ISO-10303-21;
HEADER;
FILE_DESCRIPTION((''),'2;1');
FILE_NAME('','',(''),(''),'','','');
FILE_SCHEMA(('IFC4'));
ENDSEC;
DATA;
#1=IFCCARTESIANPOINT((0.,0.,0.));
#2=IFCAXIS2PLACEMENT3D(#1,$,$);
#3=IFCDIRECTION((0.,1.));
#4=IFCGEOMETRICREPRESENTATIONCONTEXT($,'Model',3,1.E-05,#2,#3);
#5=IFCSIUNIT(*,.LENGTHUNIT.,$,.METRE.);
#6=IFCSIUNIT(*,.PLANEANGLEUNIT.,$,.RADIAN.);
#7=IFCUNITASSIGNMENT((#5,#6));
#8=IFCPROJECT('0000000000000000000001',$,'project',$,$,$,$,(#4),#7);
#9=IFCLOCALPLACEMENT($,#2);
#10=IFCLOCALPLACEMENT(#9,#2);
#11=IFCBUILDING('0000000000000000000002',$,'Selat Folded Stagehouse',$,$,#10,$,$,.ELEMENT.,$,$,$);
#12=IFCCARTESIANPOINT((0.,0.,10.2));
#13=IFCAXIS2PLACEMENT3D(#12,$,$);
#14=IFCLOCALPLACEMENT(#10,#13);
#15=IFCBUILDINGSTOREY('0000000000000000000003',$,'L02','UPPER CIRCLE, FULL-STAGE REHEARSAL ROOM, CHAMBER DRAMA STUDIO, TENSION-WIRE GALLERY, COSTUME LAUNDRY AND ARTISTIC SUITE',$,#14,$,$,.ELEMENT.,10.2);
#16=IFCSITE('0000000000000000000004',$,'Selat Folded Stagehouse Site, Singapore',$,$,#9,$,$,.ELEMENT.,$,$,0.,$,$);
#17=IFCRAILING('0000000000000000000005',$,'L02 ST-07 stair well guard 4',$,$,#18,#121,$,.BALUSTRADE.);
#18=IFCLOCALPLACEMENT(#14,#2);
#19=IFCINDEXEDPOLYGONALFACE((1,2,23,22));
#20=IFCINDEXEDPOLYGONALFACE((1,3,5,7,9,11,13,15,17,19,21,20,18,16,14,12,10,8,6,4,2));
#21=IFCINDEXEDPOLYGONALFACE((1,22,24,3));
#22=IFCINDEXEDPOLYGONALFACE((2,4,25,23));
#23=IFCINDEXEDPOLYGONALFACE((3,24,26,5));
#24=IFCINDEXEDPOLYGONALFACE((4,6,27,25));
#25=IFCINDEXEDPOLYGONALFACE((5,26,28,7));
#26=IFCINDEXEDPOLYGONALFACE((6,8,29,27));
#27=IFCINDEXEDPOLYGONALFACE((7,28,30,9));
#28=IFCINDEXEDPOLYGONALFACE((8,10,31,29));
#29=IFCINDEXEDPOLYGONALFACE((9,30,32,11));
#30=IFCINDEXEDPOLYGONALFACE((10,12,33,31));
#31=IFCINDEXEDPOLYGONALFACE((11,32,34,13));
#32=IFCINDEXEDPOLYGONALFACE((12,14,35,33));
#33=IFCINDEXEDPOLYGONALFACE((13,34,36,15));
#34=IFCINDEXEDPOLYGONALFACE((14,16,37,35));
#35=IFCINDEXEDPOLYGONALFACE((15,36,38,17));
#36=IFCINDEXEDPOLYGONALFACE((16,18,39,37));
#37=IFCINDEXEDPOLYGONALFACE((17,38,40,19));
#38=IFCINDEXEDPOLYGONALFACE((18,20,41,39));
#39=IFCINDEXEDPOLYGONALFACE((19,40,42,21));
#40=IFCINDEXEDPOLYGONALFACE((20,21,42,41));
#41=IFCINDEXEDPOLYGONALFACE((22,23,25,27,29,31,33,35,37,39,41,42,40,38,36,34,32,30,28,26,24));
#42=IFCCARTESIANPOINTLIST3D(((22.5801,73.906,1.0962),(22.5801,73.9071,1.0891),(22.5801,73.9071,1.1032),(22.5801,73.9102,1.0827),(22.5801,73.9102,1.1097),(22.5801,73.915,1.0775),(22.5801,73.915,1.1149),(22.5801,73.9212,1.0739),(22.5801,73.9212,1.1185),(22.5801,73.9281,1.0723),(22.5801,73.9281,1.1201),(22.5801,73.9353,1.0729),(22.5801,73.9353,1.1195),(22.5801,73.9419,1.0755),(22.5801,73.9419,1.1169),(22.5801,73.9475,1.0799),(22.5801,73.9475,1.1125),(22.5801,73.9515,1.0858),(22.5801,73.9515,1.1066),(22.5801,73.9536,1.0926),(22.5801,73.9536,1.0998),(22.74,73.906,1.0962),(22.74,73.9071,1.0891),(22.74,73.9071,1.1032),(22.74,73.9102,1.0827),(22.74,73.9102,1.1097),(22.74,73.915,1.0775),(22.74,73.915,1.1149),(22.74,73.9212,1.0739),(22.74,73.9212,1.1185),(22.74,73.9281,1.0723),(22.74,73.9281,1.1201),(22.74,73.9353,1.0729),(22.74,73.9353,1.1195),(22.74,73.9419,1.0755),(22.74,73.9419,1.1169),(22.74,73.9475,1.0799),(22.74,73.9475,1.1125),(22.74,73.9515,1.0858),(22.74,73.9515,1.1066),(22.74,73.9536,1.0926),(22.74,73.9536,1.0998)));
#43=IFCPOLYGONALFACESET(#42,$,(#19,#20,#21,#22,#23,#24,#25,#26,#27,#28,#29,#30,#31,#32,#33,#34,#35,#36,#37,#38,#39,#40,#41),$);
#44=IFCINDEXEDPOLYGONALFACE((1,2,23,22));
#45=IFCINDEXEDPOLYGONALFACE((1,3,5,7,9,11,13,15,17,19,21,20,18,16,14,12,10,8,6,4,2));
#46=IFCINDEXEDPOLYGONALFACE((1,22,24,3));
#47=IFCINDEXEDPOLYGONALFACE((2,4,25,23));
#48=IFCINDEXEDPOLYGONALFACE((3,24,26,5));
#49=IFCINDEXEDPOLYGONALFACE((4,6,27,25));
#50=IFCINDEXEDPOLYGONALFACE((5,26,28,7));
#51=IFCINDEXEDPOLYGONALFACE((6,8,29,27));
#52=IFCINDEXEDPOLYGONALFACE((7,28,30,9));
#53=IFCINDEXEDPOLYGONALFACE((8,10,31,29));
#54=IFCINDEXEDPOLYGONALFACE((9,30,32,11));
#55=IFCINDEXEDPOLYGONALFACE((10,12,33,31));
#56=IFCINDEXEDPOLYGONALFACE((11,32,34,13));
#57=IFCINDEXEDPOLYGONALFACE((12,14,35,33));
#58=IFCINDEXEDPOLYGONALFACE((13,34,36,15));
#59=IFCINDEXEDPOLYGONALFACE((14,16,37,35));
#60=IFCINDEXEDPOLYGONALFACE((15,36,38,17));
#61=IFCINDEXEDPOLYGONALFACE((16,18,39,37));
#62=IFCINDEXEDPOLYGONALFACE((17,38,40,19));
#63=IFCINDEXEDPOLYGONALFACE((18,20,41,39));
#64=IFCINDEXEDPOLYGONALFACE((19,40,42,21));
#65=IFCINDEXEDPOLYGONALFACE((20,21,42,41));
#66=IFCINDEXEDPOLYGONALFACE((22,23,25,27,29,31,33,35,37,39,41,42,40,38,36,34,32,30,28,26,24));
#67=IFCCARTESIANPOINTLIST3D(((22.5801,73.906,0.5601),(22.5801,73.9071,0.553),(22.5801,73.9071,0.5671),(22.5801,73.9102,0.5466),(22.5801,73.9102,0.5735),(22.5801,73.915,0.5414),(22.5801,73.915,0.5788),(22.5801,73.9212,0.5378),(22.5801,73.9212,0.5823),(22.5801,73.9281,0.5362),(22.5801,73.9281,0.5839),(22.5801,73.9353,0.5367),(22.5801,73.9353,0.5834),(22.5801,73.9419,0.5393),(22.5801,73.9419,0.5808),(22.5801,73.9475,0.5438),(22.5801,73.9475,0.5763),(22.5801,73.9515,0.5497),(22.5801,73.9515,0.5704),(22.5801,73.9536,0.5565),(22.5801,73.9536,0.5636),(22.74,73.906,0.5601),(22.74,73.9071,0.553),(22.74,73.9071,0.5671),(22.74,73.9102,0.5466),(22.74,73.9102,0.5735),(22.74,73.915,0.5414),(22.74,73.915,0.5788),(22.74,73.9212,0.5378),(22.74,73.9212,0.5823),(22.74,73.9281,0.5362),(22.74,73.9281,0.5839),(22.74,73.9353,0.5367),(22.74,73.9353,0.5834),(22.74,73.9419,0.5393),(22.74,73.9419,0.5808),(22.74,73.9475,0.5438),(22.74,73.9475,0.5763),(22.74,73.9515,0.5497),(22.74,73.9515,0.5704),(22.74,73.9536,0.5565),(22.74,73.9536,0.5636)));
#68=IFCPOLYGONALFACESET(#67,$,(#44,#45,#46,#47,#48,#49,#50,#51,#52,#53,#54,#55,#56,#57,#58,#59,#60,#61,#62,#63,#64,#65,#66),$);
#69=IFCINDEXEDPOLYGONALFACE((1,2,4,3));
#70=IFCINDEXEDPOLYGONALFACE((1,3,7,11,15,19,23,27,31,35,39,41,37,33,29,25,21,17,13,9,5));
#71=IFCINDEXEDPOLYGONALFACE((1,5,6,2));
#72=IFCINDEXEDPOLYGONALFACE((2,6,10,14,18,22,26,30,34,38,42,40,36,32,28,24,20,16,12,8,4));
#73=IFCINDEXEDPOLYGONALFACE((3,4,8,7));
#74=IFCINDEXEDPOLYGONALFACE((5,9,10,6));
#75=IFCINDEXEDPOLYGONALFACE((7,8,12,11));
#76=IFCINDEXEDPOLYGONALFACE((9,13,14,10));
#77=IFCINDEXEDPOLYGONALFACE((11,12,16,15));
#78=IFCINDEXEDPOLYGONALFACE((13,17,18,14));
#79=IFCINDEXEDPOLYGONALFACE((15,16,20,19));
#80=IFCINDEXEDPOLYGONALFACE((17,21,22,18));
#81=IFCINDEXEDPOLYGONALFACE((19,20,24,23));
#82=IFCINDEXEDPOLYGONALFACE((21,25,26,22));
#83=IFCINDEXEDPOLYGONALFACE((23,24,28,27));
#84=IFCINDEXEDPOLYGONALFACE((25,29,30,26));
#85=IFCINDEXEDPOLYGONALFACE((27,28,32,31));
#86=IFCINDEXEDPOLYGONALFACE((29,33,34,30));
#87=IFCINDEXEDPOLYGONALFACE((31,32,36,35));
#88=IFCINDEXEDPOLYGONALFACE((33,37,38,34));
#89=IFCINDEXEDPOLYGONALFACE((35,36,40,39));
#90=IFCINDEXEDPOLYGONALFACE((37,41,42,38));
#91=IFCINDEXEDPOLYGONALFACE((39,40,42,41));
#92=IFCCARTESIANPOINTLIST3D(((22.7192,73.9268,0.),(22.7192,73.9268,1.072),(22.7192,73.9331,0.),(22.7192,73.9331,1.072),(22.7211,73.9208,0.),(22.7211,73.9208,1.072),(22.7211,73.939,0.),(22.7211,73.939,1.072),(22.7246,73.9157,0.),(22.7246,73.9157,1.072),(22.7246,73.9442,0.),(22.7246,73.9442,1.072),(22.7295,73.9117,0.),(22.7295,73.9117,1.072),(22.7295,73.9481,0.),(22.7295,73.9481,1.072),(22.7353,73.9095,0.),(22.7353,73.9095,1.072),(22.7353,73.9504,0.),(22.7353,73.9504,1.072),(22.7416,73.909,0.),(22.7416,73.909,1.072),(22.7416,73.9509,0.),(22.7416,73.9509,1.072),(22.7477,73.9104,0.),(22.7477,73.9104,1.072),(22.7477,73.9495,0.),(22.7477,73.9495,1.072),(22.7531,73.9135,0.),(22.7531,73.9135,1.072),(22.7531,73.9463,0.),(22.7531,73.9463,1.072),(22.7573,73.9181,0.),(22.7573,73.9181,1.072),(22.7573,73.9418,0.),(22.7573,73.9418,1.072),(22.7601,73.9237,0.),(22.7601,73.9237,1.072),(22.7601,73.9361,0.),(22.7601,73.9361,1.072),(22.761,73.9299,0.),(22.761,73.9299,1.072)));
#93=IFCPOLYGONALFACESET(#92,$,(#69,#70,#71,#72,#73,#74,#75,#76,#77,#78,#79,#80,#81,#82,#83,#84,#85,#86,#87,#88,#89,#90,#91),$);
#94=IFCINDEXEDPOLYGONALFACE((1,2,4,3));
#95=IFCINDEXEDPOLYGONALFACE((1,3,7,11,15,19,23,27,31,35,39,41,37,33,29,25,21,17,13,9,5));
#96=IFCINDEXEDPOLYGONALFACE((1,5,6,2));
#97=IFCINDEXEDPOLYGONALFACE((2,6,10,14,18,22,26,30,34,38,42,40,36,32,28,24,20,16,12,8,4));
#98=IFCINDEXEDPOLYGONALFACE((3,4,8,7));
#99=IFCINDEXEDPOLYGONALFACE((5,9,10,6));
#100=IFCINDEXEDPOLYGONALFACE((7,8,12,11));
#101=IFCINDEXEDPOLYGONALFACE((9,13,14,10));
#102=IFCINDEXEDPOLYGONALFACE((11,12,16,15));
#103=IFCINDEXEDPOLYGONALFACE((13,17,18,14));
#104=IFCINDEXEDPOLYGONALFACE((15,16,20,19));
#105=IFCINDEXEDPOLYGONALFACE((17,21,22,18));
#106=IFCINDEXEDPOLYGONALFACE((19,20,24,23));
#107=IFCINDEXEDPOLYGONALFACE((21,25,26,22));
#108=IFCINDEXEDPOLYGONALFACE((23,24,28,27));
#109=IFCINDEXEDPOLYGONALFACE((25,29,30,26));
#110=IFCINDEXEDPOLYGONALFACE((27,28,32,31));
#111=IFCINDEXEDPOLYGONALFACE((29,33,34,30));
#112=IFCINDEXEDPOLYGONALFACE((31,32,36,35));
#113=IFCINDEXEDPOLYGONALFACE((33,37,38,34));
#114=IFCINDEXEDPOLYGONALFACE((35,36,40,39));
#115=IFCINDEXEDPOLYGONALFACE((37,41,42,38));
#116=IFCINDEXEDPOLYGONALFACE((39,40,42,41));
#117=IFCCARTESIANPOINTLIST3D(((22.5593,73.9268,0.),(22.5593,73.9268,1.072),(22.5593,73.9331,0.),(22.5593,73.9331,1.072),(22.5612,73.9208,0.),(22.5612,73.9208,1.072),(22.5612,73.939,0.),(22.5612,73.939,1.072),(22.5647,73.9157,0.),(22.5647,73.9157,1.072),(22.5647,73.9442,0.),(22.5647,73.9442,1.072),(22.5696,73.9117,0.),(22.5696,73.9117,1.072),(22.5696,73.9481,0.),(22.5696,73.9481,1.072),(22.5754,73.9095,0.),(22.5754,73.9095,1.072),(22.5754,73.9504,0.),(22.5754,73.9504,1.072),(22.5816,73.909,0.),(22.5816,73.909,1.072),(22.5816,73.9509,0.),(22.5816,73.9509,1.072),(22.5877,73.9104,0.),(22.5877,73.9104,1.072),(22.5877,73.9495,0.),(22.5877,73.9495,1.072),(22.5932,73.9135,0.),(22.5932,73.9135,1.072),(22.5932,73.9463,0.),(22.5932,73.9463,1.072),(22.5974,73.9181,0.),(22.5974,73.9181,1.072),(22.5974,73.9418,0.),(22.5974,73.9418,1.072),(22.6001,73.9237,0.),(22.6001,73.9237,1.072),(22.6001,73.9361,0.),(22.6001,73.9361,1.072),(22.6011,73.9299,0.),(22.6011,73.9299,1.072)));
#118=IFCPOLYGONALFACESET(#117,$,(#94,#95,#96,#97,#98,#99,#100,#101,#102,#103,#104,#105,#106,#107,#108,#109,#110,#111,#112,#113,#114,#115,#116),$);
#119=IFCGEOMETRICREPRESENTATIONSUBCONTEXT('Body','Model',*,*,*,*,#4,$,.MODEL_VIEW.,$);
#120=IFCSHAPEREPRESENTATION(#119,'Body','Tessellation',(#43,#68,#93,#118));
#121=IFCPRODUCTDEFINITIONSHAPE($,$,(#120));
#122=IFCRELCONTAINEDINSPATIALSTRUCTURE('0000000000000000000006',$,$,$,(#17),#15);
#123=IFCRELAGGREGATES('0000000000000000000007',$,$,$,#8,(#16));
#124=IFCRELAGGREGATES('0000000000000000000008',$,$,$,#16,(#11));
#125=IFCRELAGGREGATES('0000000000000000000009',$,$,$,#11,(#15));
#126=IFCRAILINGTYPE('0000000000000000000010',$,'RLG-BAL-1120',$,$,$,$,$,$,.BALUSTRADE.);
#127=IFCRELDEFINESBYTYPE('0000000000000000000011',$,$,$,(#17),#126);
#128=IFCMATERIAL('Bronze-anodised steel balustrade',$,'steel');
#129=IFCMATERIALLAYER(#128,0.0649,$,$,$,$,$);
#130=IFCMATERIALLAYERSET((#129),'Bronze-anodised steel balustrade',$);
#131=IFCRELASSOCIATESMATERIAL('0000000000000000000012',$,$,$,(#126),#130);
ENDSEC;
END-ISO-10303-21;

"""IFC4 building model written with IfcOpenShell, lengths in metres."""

from ifc_helpers import new_model, si_unit, direction, frame, origin, origin_2d, place, context, subcontext, project, spatial, circle, extrude, material, layer, layer_set, type_object, element, save


model = new_model("IFC4")

# Units and contexts
model_context = context("Model", 3, precision=1e-05, world=origin(), true_north=direction((0.0, 1.0)))
body_context = subcontext(model_context, "Body", "Model", "MODEL_VIEW")
ifc_project = project(units=[si_unit("LENGTHUNIT", "METRE"), si_unit("PLANEANGLEUNIT", "RADIAN")], contexts=[model_context])

# Site, building, storey
site_placement = place(None, origin())
site = spatial("IfcSite", under=ifc_project, at=site_placement, Name="Selat Folded Stagehouse Site, Singapore", CompositionType="ELEMENT", RefElevation=0.0)
building_placement = place(site_placement, origin())
building = spatial("IfcBuilding", under=site, at=building_placement, Name="Selat Folded Stagehouse", CompositionType="ELEMENT")
storey_placement = place(building_placement, frame((0.0, 0.0, 10.2)))
storey = spatial("IfcBuildingStorey", under=building, at=storey_placement, Name="L02", Description="UPPER CIRCLE, FULL-STAGE REHEARSAL ROOM, CHAMBER DRAMA STUDIO, TENSION-WIRE GALLERY, COSTUME LAUNDRY AND ARTISTIC SUITE", CompositionType="ELEMENT", Elevation=10.2)

# Railing
ifc_material_1 = material(Name="Bronze-anodised steel balustrade", Category="steel")
ifc_layer_1 = layer(ifc_material_1, 0.0649)
ifc_layer_set_1 = layer_set([ifc_layer_1], Name="Bronze-anodised steel balustrade")
railing_type_1 = type_object("IfcRailingType", Name="RLG-BAL-1120", PredefinedType="BALUSTRADE", material=ifc_layer_set_1)
railing_1_placement = place(storey_placement, frame((22.74, 73.9299, 0.0)))
element("IfcRailing", 1, at=railing_1_placement, inside=storey, type_object=railing_type_1, Name="L02 ST-07 stair well guard 4", PredefinedType="BALUSTRADE", context=body_context, shape_type="SweptSolid", body=[
    extrude(circle(Radius=0.0239, at=origin_2d()), frame((0.0, 0.0, 1.0962), z_axis=(-1.0, 0.0, 0.0), x_axis=(0.0, -1.0, 0.0)), (0.0, 0.0, 1.0), 0.1599),
    extrude(circle(Radius=0.0239, at=origin_2d()), frame((0.0, 0.0, 0.5601), z_axis=(-1.0, 0.0, 0.0), x_axis=(0.0, -1.0, 0.0)), (0.0, 0.0, 1.0), 0.1599),
    extrude(circle(Radius=0.021, at=origin_2d()), origin(), (0.0, 0.0, 1.0), 1.072),
    extrude(circle(Radius=0.021, at=origin_2d()), frame((-0.1599, 0.0, 0.0)), (0.0, 0.0, 1.0), 1.072),
])

save(model, "model.ifc")
